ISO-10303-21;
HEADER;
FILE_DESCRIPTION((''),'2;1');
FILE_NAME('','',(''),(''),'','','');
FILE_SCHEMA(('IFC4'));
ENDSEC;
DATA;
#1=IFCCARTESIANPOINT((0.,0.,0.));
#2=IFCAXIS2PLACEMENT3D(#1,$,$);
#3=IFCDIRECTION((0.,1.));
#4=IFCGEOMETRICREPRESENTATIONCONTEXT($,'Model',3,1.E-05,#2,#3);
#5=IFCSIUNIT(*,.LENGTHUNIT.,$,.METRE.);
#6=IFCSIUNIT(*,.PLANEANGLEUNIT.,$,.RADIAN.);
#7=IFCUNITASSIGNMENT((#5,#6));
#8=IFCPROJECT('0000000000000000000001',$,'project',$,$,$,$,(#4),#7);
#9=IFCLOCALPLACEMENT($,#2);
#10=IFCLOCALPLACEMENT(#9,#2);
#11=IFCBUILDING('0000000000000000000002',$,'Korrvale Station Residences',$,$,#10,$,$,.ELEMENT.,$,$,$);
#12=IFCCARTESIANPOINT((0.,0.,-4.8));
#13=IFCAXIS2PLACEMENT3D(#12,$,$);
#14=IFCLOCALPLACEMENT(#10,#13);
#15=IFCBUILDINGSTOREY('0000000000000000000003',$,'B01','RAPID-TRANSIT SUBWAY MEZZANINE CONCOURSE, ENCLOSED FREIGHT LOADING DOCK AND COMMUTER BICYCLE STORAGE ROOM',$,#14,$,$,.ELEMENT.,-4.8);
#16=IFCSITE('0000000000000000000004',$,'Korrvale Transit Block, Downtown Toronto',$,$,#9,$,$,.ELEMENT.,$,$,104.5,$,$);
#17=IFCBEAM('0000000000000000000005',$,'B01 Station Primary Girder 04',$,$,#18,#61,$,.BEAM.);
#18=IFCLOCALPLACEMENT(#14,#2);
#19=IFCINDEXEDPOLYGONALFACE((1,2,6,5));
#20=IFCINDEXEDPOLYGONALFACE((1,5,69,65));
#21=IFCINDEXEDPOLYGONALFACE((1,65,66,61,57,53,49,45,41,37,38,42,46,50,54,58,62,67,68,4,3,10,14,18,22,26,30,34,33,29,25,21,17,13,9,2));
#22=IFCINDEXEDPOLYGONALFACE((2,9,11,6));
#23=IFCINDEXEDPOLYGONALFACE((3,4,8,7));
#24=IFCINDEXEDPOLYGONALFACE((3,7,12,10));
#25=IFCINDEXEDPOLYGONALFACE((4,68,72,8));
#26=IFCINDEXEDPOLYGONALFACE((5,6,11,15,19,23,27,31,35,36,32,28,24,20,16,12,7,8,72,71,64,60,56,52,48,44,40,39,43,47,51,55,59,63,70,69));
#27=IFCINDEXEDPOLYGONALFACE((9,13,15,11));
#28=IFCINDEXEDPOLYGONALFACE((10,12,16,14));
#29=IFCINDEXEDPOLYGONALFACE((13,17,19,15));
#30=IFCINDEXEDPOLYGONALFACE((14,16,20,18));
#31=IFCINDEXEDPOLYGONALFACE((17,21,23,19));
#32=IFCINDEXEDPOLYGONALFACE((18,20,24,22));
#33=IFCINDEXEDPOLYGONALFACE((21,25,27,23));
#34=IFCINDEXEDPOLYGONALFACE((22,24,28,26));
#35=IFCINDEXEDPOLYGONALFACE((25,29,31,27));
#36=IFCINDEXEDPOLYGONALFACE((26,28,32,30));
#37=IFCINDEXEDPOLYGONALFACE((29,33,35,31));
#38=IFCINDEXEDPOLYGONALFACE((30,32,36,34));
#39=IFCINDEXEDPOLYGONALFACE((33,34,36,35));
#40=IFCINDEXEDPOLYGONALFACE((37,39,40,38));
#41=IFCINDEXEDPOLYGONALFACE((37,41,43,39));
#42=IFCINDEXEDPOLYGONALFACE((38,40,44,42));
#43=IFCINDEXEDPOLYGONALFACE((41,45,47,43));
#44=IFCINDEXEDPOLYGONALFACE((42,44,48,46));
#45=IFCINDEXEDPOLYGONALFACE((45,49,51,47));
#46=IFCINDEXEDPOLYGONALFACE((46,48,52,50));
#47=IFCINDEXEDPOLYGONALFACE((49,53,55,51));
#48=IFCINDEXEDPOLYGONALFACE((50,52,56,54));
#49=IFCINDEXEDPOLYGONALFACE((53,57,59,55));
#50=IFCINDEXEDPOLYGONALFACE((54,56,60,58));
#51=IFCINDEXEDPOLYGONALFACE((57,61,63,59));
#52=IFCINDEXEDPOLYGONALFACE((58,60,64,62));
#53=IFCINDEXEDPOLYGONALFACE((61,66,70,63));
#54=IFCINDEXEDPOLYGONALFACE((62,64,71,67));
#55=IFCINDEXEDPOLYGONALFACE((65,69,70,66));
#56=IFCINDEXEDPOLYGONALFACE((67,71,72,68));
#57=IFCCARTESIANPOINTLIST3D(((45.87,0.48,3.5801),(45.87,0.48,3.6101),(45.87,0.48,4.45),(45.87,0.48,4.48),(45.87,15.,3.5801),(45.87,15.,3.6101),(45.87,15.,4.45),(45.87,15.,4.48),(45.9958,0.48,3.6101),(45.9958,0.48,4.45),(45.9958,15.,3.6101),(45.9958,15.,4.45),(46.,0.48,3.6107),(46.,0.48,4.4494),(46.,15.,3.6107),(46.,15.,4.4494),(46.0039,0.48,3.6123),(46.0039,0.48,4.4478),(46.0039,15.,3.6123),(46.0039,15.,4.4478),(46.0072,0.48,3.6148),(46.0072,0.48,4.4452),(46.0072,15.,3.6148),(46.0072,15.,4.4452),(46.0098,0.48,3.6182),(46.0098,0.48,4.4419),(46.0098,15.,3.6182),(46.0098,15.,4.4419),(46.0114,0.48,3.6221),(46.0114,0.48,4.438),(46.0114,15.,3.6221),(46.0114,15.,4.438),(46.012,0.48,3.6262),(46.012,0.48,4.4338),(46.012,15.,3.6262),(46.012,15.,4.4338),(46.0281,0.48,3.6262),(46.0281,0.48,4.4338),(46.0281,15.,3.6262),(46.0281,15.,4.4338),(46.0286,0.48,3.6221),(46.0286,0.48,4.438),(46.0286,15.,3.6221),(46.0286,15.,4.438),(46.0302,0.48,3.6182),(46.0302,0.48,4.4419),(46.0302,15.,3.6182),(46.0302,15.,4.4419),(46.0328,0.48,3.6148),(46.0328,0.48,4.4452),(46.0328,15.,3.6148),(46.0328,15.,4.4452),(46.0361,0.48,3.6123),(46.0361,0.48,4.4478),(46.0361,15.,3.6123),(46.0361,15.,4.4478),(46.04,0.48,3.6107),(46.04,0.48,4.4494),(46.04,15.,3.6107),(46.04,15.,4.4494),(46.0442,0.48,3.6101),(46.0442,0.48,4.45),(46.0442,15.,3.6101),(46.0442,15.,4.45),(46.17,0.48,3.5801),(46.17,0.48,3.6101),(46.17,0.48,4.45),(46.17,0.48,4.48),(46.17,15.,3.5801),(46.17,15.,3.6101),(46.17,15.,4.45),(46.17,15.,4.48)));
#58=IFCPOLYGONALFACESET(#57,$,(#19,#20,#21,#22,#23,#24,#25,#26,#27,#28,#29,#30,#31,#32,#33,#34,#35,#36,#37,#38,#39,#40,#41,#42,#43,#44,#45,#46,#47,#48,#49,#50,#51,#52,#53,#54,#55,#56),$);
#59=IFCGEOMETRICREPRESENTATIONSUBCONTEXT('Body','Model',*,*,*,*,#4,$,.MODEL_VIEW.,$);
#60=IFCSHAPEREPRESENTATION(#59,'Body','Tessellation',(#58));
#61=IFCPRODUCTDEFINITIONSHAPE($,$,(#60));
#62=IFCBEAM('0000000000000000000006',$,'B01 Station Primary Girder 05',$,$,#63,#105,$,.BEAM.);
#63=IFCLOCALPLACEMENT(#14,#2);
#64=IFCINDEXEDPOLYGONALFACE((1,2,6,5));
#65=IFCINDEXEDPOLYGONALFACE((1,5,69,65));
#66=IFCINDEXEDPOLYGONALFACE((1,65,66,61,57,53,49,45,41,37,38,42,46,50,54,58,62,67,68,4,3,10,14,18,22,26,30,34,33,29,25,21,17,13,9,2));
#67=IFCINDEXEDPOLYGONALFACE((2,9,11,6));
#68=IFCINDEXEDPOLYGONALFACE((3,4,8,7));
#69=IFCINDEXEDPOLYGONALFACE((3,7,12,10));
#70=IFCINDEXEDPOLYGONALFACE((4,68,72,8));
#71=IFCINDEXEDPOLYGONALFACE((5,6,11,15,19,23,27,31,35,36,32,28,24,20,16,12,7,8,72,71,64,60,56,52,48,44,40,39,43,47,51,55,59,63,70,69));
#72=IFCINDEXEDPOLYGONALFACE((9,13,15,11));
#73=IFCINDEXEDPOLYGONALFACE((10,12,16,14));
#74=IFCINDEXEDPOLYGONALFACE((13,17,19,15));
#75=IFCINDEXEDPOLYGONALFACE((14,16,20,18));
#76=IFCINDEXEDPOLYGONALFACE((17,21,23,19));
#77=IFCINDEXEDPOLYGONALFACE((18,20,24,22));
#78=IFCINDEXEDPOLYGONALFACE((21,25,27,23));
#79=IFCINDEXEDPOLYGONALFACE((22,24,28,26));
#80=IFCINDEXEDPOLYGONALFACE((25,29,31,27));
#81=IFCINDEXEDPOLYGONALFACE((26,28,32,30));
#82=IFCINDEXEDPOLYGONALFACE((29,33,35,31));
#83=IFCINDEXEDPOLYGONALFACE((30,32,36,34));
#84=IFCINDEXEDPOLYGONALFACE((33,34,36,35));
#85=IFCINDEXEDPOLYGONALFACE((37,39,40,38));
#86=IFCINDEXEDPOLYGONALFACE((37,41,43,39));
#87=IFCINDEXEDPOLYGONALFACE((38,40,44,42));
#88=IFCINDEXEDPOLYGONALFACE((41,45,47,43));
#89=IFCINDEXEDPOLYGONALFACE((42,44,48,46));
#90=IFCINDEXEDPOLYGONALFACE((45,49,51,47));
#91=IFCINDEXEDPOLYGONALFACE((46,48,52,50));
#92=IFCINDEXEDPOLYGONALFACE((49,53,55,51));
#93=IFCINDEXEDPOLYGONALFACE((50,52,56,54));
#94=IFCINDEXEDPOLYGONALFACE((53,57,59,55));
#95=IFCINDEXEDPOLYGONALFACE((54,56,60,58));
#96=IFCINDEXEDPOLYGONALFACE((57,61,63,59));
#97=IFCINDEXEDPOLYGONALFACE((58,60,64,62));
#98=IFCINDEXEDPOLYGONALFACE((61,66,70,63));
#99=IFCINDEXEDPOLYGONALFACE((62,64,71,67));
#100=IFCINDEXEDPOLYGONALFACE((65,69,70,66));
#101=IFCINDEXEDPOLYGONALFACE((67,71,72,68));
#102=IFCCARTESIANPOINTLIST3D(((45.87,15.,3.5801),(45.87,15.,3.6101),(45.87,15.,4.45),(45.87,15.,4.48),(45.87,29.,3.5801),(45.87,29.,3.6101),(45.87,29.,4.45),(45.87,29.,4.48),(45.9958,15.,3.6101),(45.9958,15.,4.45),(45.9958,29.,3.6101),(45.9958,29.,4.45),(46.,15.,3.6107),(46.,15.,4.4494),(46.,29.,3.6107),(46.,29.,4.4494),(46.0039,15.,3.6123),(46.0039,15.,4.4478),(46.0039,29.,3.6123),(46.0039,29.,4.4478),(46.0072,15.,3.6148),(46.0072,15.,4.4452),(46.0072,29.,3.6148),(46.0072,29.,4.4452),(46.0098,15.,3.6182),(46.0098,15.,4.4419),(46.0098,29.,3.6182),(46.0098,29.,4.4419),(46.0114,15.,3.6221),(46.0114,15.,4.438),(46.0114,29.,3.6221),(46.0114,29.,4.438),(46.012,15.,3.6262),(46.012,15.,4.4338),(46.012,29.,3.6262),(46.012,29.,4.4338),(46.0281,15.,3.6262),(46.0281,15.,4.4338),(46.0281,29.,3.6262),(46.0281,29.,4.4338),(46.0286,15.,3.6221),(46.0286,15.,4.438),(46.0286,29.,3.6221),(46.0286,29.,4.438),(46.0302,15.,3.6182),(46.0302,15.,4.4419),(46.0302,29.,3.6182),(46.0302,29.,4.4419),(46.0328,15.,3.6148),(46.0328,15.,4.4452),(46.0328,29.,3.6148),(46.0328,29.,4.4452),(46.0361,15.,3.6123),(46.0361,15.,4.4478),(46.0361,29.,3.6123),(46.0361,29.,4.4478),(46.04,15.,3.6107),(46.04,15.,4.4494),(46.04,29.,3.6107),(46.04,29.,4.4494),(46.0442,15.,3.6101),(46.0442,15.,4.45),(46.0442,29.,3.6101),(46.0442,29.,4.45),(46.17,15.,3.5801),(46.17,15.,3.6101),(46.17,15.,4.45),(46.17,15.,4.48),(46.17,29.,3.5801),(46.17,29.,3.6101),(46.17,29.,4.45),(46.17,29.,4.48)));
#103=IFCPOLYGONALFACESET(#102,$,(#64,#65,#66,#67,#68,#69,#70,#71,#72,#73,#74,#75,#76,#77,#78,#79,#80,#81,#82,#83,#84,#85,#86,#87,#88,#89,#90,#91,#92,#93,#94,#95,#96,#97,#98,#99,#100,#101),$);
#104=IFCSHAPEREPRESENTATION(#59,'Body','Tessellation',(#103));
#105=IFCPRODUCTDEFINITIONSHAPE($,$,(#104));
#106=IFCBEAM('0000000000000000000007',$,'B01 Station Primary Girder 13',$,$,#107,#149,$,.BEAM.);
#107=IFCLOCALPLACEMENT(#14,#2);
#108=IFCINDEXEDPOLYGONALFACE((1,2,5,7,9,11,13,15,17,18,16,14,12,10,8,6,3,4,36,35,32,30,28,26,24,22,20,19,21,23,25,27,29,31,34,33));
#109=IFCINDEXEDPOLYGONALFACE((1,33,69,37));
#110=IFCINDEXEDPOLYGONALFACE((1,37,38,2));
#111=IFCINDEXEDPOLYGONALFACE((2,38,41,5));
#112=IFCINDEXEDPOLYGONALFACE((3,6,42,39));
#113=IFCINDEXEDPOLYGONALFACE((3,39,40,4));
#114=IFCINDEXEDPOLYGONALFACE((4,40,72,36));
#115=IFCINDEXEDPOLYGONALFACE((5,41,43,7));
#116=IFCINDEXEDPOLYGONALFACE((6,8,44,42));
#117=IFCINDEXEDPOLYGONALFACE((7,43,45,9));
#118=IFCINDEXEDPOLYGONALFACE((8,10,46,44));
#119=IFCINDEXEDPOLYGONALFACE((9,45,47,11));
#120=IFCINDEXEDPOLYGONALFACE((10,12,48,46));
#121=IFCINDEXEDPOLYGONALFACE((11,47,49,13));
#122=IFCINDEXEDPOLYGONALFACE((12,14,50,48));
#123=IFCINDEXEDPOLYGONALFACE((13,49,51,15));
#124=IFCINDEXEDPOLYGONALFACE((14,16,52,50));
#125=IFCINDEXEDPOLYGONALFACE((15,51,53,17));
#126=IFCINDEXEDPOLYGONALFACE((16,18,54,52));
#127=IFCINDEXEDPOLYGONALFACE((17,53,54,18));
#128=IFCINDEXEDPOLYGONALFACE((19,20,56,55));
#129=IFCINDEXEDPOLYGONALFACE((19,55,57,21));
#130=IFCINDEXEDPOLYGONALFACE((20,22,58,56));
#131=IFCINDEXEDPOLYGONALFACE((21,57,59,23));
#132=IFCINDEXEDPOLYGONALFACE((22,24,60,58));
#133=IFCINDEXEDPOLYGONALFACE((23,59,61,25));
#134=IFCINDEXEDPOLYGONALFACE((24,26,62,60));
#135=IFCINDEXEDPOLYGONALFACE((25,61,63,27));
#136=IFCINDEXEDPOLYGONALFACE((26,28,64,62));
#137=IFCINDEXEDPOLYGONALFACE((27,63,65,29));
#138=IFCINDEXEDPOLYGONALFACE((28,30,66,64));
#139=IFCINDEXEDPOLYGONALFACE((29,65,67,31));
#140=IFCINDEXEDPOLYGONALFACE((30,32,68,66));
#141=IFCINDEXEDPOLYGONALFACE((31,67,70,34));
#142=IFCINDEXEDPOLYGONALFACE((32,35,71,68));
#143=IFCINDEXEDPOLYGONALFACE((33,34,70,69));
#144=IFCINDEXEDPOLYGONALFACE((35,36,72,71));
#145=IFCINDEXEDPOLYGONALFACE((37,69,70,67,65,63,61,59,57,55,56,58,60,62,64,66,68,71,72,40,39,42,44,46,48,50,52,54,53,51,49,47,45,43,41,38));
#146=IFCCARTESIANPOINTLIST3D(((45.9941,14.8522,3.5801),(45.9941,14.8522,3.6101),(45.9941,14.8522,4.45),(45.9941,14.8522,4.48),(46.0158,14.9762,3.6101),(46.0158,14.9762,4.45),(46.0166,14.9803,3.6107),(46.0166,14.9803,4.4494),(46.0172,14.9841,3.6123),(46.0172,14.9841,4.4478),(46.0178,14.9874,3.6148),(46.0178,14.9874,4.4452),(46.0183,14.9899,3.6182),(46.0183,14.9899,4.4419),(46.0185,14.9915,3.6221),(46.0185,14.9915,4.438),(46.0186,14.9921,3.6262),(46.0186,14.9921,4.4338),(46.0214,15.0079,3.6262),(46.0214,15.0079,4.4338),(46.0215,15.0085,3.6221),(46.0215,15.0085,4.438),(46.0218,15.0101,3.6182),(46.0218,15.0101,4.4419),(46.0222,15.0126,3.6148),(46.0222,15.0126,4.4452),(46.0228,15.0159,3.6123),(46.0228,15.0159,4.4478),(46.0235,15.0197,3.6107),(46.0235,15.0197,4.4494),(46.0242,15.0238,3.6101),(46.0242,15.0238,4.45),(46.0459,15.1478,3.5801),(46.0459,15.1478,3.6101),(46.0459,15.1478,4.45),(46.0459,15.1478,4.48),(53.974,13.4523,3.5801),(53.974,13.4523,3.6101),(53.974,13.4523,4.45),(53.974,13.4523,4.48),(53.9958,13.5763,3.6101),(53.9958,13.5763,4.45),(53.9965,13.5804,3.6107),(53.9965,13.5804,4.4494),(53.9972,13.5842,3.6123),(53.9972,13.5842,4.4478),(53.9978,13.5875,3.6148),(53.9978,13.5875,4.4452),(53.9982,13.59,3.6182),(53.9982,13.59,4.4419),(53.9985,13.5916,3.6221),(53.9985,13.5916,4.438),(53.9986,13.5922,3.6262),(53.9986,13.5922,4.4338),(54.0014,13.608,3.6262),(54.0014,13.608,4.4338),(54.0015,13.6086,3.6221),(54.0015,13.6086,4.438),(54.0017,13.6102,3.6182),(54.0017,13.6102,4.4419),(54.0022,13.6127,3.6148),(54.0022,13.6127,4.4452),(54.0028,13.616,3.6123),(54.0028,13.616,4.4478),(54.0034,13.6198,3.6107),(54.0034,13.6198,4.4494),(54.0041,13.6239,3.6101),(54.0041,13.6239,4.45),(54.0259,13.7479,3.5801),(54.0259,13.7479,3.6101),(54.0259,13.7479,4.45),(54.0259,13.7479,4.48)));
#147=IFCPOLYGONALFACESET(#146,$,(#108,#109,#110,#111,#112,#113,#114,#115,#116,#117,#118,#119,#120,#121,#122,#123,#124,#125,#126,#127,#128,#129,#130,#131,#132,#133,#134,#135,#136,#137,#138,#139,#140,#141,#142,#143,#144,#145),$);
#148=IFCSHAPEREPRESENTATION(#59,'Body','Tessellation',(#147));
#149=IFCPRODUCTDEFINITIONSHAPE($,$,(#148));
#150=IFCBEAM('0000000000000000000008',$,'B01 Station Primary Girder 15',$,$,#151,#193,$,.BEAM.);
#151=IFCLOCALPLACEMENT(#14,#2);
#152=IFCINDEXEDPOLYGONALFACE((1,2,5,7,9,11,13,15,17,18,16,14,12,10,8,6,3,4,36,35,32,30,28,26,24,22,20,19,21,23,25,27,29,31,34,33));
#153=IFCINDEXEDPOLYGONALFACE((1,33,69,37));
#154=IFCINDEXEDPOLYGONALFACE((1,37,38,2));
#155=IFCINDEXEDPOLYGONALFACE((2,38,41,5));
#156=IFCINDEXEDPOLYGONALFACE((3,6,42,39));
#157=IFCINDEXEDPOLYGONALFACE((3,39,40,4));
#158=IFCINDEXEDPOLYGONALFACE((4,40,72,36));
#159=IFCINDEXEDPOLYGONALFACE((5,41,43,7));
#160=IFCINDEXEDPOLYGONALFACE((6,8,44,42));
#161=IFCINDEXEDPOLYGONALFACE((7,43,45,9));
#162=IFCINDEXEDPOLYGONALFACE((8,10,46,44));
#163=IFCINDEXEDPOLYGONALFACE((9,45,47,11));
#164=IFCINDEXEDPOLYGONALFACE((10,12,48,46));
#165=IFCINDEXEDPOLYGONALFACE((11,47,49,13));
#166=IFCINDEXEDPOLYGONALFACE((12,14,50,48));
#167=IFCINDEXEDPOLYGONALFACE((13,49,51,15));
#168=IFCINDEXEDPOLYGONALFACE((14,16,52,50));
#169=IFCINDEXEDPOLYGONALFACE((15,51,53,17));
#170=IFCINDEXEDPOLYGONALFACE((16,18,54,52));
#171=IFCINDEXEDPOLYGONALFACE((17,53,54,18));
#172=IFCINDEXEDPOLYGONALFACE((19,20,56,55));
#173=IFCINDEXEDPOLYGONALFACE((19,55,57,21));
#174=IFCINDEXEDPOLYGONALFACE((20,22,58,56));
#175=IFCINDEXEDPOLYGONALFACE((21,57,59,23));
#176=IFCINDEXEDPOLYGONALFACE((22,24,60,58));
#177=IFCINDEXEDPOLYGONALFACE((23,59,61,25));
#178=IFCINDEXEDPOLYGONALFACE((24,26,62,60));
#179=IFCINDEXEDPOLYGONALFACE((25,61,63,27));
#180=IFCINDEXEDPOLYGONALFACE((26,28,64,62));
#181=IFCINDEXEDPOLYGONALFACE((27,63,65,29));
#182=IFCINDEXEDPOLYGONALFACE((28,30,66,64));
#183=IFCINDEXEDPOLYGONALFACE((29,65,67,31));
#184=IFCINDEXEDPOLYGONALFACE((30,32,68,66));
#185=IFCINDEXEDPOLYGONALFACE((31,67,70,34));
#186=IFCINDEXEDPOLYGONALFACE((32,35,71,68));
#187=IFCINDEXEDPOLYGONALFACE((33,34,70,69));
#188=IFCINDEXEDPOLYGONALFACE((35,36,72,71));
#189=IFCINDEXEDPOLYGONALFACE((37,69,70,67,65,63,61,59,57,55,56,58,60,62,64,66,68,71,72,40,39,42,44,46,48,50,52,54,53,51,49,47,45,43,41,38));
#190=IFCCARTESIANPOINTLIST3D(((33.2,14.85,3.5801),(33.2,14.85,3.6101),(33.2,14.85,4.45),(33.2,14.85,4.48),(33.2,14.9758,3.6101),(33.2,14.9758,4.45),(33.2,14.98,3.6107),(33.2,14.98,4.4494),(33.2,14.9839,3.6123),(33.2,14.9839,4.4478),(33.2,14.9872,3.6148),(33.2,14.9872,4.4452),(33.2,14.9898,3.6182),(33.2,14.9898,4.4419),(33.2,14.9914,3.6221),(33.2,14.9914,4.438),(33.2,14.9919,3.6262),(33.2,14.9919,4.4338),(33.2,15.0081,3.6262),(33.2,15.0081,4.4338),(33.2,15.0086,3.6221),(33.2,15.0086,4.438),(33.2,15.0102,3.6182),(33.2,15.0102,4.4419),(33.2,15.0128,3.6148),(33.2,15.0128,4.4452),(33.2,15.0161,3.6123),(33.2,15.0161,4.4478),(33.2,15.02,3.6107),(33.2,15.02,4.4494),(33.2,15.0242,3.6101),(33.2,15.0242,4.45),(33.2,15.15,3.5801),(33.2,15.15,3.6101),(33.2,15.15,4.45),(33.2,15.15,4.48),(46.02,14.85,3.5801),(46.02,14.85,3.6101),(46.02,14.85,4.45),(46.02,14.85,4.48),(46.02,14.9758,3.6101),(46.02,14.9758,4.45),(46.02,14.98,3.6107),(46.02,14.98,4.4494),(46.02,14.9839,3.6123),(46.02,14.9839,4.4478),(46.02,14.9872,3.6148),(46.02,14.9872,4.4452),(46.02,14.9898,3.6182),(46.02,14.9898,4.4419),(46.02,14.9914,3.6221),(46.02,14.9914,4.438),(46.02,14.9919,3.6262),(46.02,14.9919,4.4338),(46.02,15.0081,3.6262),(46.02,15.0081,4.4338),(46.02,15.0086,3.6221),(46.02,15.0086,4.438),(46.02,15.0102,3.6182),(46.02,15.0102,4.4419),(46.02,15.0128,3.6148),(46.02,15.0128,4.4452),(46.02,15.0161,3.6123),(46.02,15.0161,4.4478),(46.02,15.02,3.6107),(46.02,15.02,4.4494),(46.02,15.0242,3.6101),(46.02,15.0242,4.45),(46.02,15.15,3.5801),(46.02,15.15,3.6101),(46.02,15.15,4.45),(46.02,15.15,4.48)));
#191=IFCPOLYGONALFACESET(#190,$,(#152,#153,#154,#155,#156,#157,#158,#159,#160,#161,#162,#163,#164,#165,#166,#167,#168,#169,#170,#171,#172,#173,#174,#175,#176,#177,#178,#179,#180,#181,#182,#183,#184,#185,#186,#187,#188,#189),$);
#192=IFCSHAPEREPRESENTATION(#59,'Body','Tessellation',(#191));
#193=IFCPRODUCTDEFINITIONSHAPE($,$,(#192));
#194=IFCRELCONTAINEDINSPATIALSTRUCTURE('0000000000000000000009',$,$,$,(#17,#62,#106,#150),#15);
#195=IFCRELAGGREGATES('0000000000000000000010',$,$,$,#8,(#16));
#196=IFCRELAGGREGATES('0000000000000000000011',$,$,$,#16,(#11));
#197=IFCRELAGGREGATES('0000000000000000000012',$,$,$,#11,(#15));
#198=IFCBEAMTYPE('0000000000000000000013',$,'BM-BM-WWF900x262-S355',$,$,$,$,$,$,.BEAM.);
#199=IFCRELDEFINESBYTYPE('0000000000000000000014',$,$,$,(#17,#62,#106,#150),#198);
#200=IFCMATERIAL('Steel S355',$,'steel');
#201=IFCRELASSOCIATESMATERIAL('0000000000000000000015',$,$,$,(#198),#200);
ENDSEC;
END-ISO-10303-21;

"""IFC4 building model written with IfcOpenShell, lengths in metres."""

from ifc_helpers import new_model, si_unit, direction, frame, origin, origin_2d, place, context, subcontext, project, spatial, i_section, extrude, material, material_profile, profile_set, type_object, element, save


model = new_model("IFC4")

# Units and contexts
model_context = context("Model", 3, precision=1e-05, world=origin(), true_north=direction((0.0, 1.0)))
body_context = subcontext(model_context, "Body", "Model", "MODEL_VIEW")
ifc_project = project(units=[si_unit("LENGTHUNIT", "METRE"), si_unit("PLANEANGLEUNIT", "RADIAN")], contexts=[model_context])

# Site, building, storey
site_placement = place(None, origin())
site = spatial("IfcSite", under=ifc_project, at=site_placement, Name="Korrvale Transit Block, Downtown Toronto", CompositionType="ELEMENT", RefElevation=104.5)
building_placement = place(site_placement, origin())
building = spatial("IfcBuilding", under=site, at=building_placement, Name="Korrvale Station Residences", CompositionType="ELEMENT")
storey_placement = place(building_placement, frame((0.0, 0.0, -4.8)))
storey = spatial("IfcBuildingStorey", under=building, at=storey_placement, Name="B01", Description="RAPID-TRANSIT SUBWAY MEZZANINE CONCOURSE, ENCLOSED FREIGHT LOADING DOCK AND COMMUTER BICYCLE STORAGE ROOM", CompositionType="ELEMENT", Elevation=-4.8)

# Beams
ifc_material_1 = material(Name="Steel S355", Category="steel")
ifc_material_profile_1 = material_profile(ifc_material_1, i_section(OverallWidth=0.3, OverallDepth=0.8999, WebThickness=0.0161, FlangeThickness=0.03, FilletRadius=0.0161, at=origin_2d()), Name="WWF900x262")
ifc_profile_set_1 = profile_set([ifc_material_profile_1], Name="Steel S355")
beam_type_1 = type_object("IfcBeamType", Name="BM-BM-WWF900x262-S355", PredefinedType="BEAM", material=ifc_profile_set_1)
beam_1_placement = place(storey_placement, frame((46.02, 0.48, 4.03), z_axis=(0.0, 1.0, 0.0), x_axis=(-1.0, 0.0, 0.0)))
element("IfcBeam", 1, at=beam_1_placement, inside=storey, type_object=beam_type_1, Name="B01 Station Primary Girder 04", PredefinedType="BEAM", context=body_context, shape_type="SweptSolid", body=[
    extrude(i_section(OverallWidth=0.3, OverallDepth=0.8999, WebThickness=0.0161, FlangeThickness=0.03, FilletRadius=0.0161, at=origin_2d()), origin(), (0.0, 0.0, 1.0), 14.52),
])
beam_2_placement = place(storey_placement, frame((46.02, 15.0, 4.03), z_axis=(0.0, 1.0, 0.0), x_axis=(-1.0, 0.0, 0.0)))
element("IfcBeam", 2, at=beam_2_placement, inside=storey, type_object=beam_type_1, Name="B01 Station Primary Girder 05", PredefinedType="BEAM", context=body_context, shape_type="SweptSolid", body=[
    extrude(i_section(OverallWidth=0.3, OverallDepth=0.8999, WebThickness=0.0161, FlangeThickness=0.03, FilletRadius=0.0161, at=origin_2d()), origin(), (0.0, 0.0, 1.0), 14.0),
])
beam_3_placement = place(storey_placement, frame((46.02, 15.0, 4.03), z_axis=(0.984959, -0.172788, 0.0), x_axis=(0.172788, 0.984959, 0.0)))
element("IfcBeam", 3, at=beam_3_placement, inside=storey, type_object=beam_type_1, Name="B01 Station Primary Girder 13", PredefinedType="BEAM", context=body_context, shape_type="SweptSolid", body=[
    extrude(i_section(OverallWidth=0.3, OverallDepth=0.8999, WebThickness=0.0161, FlangeThickness=0.03, FilletRadius=0.0161, at=origin_2d()), origin(), (0.0, 0.0, 1.0), 8.1018),
])
beam_4_placement = place(storey_placement, frame((33.2, 15.0, 4.03), z_axis=(1.0, 0.0, 0.0), x_axis=(0.0, 1.0, 0.0)))
element("IfcBeam", 4, at=beam_4_placement, inside=storey, type_object=beam_type_1, Name="B01 Station Primary Girder 15", PredefinedType="BEAM", context=body_context, shape_type="SweptSolid", body=[
    extrude(i_section(OverallWidth=0.3, OverallDepth=0.8999, WebThickness=0.0161, FlangeThickness=0.03, FilletRadius=0.0161, at=origin_2d()), origin(), (0.0, 0.0, 1.0), 12.8201),
])

save(model, "model.ifc")
